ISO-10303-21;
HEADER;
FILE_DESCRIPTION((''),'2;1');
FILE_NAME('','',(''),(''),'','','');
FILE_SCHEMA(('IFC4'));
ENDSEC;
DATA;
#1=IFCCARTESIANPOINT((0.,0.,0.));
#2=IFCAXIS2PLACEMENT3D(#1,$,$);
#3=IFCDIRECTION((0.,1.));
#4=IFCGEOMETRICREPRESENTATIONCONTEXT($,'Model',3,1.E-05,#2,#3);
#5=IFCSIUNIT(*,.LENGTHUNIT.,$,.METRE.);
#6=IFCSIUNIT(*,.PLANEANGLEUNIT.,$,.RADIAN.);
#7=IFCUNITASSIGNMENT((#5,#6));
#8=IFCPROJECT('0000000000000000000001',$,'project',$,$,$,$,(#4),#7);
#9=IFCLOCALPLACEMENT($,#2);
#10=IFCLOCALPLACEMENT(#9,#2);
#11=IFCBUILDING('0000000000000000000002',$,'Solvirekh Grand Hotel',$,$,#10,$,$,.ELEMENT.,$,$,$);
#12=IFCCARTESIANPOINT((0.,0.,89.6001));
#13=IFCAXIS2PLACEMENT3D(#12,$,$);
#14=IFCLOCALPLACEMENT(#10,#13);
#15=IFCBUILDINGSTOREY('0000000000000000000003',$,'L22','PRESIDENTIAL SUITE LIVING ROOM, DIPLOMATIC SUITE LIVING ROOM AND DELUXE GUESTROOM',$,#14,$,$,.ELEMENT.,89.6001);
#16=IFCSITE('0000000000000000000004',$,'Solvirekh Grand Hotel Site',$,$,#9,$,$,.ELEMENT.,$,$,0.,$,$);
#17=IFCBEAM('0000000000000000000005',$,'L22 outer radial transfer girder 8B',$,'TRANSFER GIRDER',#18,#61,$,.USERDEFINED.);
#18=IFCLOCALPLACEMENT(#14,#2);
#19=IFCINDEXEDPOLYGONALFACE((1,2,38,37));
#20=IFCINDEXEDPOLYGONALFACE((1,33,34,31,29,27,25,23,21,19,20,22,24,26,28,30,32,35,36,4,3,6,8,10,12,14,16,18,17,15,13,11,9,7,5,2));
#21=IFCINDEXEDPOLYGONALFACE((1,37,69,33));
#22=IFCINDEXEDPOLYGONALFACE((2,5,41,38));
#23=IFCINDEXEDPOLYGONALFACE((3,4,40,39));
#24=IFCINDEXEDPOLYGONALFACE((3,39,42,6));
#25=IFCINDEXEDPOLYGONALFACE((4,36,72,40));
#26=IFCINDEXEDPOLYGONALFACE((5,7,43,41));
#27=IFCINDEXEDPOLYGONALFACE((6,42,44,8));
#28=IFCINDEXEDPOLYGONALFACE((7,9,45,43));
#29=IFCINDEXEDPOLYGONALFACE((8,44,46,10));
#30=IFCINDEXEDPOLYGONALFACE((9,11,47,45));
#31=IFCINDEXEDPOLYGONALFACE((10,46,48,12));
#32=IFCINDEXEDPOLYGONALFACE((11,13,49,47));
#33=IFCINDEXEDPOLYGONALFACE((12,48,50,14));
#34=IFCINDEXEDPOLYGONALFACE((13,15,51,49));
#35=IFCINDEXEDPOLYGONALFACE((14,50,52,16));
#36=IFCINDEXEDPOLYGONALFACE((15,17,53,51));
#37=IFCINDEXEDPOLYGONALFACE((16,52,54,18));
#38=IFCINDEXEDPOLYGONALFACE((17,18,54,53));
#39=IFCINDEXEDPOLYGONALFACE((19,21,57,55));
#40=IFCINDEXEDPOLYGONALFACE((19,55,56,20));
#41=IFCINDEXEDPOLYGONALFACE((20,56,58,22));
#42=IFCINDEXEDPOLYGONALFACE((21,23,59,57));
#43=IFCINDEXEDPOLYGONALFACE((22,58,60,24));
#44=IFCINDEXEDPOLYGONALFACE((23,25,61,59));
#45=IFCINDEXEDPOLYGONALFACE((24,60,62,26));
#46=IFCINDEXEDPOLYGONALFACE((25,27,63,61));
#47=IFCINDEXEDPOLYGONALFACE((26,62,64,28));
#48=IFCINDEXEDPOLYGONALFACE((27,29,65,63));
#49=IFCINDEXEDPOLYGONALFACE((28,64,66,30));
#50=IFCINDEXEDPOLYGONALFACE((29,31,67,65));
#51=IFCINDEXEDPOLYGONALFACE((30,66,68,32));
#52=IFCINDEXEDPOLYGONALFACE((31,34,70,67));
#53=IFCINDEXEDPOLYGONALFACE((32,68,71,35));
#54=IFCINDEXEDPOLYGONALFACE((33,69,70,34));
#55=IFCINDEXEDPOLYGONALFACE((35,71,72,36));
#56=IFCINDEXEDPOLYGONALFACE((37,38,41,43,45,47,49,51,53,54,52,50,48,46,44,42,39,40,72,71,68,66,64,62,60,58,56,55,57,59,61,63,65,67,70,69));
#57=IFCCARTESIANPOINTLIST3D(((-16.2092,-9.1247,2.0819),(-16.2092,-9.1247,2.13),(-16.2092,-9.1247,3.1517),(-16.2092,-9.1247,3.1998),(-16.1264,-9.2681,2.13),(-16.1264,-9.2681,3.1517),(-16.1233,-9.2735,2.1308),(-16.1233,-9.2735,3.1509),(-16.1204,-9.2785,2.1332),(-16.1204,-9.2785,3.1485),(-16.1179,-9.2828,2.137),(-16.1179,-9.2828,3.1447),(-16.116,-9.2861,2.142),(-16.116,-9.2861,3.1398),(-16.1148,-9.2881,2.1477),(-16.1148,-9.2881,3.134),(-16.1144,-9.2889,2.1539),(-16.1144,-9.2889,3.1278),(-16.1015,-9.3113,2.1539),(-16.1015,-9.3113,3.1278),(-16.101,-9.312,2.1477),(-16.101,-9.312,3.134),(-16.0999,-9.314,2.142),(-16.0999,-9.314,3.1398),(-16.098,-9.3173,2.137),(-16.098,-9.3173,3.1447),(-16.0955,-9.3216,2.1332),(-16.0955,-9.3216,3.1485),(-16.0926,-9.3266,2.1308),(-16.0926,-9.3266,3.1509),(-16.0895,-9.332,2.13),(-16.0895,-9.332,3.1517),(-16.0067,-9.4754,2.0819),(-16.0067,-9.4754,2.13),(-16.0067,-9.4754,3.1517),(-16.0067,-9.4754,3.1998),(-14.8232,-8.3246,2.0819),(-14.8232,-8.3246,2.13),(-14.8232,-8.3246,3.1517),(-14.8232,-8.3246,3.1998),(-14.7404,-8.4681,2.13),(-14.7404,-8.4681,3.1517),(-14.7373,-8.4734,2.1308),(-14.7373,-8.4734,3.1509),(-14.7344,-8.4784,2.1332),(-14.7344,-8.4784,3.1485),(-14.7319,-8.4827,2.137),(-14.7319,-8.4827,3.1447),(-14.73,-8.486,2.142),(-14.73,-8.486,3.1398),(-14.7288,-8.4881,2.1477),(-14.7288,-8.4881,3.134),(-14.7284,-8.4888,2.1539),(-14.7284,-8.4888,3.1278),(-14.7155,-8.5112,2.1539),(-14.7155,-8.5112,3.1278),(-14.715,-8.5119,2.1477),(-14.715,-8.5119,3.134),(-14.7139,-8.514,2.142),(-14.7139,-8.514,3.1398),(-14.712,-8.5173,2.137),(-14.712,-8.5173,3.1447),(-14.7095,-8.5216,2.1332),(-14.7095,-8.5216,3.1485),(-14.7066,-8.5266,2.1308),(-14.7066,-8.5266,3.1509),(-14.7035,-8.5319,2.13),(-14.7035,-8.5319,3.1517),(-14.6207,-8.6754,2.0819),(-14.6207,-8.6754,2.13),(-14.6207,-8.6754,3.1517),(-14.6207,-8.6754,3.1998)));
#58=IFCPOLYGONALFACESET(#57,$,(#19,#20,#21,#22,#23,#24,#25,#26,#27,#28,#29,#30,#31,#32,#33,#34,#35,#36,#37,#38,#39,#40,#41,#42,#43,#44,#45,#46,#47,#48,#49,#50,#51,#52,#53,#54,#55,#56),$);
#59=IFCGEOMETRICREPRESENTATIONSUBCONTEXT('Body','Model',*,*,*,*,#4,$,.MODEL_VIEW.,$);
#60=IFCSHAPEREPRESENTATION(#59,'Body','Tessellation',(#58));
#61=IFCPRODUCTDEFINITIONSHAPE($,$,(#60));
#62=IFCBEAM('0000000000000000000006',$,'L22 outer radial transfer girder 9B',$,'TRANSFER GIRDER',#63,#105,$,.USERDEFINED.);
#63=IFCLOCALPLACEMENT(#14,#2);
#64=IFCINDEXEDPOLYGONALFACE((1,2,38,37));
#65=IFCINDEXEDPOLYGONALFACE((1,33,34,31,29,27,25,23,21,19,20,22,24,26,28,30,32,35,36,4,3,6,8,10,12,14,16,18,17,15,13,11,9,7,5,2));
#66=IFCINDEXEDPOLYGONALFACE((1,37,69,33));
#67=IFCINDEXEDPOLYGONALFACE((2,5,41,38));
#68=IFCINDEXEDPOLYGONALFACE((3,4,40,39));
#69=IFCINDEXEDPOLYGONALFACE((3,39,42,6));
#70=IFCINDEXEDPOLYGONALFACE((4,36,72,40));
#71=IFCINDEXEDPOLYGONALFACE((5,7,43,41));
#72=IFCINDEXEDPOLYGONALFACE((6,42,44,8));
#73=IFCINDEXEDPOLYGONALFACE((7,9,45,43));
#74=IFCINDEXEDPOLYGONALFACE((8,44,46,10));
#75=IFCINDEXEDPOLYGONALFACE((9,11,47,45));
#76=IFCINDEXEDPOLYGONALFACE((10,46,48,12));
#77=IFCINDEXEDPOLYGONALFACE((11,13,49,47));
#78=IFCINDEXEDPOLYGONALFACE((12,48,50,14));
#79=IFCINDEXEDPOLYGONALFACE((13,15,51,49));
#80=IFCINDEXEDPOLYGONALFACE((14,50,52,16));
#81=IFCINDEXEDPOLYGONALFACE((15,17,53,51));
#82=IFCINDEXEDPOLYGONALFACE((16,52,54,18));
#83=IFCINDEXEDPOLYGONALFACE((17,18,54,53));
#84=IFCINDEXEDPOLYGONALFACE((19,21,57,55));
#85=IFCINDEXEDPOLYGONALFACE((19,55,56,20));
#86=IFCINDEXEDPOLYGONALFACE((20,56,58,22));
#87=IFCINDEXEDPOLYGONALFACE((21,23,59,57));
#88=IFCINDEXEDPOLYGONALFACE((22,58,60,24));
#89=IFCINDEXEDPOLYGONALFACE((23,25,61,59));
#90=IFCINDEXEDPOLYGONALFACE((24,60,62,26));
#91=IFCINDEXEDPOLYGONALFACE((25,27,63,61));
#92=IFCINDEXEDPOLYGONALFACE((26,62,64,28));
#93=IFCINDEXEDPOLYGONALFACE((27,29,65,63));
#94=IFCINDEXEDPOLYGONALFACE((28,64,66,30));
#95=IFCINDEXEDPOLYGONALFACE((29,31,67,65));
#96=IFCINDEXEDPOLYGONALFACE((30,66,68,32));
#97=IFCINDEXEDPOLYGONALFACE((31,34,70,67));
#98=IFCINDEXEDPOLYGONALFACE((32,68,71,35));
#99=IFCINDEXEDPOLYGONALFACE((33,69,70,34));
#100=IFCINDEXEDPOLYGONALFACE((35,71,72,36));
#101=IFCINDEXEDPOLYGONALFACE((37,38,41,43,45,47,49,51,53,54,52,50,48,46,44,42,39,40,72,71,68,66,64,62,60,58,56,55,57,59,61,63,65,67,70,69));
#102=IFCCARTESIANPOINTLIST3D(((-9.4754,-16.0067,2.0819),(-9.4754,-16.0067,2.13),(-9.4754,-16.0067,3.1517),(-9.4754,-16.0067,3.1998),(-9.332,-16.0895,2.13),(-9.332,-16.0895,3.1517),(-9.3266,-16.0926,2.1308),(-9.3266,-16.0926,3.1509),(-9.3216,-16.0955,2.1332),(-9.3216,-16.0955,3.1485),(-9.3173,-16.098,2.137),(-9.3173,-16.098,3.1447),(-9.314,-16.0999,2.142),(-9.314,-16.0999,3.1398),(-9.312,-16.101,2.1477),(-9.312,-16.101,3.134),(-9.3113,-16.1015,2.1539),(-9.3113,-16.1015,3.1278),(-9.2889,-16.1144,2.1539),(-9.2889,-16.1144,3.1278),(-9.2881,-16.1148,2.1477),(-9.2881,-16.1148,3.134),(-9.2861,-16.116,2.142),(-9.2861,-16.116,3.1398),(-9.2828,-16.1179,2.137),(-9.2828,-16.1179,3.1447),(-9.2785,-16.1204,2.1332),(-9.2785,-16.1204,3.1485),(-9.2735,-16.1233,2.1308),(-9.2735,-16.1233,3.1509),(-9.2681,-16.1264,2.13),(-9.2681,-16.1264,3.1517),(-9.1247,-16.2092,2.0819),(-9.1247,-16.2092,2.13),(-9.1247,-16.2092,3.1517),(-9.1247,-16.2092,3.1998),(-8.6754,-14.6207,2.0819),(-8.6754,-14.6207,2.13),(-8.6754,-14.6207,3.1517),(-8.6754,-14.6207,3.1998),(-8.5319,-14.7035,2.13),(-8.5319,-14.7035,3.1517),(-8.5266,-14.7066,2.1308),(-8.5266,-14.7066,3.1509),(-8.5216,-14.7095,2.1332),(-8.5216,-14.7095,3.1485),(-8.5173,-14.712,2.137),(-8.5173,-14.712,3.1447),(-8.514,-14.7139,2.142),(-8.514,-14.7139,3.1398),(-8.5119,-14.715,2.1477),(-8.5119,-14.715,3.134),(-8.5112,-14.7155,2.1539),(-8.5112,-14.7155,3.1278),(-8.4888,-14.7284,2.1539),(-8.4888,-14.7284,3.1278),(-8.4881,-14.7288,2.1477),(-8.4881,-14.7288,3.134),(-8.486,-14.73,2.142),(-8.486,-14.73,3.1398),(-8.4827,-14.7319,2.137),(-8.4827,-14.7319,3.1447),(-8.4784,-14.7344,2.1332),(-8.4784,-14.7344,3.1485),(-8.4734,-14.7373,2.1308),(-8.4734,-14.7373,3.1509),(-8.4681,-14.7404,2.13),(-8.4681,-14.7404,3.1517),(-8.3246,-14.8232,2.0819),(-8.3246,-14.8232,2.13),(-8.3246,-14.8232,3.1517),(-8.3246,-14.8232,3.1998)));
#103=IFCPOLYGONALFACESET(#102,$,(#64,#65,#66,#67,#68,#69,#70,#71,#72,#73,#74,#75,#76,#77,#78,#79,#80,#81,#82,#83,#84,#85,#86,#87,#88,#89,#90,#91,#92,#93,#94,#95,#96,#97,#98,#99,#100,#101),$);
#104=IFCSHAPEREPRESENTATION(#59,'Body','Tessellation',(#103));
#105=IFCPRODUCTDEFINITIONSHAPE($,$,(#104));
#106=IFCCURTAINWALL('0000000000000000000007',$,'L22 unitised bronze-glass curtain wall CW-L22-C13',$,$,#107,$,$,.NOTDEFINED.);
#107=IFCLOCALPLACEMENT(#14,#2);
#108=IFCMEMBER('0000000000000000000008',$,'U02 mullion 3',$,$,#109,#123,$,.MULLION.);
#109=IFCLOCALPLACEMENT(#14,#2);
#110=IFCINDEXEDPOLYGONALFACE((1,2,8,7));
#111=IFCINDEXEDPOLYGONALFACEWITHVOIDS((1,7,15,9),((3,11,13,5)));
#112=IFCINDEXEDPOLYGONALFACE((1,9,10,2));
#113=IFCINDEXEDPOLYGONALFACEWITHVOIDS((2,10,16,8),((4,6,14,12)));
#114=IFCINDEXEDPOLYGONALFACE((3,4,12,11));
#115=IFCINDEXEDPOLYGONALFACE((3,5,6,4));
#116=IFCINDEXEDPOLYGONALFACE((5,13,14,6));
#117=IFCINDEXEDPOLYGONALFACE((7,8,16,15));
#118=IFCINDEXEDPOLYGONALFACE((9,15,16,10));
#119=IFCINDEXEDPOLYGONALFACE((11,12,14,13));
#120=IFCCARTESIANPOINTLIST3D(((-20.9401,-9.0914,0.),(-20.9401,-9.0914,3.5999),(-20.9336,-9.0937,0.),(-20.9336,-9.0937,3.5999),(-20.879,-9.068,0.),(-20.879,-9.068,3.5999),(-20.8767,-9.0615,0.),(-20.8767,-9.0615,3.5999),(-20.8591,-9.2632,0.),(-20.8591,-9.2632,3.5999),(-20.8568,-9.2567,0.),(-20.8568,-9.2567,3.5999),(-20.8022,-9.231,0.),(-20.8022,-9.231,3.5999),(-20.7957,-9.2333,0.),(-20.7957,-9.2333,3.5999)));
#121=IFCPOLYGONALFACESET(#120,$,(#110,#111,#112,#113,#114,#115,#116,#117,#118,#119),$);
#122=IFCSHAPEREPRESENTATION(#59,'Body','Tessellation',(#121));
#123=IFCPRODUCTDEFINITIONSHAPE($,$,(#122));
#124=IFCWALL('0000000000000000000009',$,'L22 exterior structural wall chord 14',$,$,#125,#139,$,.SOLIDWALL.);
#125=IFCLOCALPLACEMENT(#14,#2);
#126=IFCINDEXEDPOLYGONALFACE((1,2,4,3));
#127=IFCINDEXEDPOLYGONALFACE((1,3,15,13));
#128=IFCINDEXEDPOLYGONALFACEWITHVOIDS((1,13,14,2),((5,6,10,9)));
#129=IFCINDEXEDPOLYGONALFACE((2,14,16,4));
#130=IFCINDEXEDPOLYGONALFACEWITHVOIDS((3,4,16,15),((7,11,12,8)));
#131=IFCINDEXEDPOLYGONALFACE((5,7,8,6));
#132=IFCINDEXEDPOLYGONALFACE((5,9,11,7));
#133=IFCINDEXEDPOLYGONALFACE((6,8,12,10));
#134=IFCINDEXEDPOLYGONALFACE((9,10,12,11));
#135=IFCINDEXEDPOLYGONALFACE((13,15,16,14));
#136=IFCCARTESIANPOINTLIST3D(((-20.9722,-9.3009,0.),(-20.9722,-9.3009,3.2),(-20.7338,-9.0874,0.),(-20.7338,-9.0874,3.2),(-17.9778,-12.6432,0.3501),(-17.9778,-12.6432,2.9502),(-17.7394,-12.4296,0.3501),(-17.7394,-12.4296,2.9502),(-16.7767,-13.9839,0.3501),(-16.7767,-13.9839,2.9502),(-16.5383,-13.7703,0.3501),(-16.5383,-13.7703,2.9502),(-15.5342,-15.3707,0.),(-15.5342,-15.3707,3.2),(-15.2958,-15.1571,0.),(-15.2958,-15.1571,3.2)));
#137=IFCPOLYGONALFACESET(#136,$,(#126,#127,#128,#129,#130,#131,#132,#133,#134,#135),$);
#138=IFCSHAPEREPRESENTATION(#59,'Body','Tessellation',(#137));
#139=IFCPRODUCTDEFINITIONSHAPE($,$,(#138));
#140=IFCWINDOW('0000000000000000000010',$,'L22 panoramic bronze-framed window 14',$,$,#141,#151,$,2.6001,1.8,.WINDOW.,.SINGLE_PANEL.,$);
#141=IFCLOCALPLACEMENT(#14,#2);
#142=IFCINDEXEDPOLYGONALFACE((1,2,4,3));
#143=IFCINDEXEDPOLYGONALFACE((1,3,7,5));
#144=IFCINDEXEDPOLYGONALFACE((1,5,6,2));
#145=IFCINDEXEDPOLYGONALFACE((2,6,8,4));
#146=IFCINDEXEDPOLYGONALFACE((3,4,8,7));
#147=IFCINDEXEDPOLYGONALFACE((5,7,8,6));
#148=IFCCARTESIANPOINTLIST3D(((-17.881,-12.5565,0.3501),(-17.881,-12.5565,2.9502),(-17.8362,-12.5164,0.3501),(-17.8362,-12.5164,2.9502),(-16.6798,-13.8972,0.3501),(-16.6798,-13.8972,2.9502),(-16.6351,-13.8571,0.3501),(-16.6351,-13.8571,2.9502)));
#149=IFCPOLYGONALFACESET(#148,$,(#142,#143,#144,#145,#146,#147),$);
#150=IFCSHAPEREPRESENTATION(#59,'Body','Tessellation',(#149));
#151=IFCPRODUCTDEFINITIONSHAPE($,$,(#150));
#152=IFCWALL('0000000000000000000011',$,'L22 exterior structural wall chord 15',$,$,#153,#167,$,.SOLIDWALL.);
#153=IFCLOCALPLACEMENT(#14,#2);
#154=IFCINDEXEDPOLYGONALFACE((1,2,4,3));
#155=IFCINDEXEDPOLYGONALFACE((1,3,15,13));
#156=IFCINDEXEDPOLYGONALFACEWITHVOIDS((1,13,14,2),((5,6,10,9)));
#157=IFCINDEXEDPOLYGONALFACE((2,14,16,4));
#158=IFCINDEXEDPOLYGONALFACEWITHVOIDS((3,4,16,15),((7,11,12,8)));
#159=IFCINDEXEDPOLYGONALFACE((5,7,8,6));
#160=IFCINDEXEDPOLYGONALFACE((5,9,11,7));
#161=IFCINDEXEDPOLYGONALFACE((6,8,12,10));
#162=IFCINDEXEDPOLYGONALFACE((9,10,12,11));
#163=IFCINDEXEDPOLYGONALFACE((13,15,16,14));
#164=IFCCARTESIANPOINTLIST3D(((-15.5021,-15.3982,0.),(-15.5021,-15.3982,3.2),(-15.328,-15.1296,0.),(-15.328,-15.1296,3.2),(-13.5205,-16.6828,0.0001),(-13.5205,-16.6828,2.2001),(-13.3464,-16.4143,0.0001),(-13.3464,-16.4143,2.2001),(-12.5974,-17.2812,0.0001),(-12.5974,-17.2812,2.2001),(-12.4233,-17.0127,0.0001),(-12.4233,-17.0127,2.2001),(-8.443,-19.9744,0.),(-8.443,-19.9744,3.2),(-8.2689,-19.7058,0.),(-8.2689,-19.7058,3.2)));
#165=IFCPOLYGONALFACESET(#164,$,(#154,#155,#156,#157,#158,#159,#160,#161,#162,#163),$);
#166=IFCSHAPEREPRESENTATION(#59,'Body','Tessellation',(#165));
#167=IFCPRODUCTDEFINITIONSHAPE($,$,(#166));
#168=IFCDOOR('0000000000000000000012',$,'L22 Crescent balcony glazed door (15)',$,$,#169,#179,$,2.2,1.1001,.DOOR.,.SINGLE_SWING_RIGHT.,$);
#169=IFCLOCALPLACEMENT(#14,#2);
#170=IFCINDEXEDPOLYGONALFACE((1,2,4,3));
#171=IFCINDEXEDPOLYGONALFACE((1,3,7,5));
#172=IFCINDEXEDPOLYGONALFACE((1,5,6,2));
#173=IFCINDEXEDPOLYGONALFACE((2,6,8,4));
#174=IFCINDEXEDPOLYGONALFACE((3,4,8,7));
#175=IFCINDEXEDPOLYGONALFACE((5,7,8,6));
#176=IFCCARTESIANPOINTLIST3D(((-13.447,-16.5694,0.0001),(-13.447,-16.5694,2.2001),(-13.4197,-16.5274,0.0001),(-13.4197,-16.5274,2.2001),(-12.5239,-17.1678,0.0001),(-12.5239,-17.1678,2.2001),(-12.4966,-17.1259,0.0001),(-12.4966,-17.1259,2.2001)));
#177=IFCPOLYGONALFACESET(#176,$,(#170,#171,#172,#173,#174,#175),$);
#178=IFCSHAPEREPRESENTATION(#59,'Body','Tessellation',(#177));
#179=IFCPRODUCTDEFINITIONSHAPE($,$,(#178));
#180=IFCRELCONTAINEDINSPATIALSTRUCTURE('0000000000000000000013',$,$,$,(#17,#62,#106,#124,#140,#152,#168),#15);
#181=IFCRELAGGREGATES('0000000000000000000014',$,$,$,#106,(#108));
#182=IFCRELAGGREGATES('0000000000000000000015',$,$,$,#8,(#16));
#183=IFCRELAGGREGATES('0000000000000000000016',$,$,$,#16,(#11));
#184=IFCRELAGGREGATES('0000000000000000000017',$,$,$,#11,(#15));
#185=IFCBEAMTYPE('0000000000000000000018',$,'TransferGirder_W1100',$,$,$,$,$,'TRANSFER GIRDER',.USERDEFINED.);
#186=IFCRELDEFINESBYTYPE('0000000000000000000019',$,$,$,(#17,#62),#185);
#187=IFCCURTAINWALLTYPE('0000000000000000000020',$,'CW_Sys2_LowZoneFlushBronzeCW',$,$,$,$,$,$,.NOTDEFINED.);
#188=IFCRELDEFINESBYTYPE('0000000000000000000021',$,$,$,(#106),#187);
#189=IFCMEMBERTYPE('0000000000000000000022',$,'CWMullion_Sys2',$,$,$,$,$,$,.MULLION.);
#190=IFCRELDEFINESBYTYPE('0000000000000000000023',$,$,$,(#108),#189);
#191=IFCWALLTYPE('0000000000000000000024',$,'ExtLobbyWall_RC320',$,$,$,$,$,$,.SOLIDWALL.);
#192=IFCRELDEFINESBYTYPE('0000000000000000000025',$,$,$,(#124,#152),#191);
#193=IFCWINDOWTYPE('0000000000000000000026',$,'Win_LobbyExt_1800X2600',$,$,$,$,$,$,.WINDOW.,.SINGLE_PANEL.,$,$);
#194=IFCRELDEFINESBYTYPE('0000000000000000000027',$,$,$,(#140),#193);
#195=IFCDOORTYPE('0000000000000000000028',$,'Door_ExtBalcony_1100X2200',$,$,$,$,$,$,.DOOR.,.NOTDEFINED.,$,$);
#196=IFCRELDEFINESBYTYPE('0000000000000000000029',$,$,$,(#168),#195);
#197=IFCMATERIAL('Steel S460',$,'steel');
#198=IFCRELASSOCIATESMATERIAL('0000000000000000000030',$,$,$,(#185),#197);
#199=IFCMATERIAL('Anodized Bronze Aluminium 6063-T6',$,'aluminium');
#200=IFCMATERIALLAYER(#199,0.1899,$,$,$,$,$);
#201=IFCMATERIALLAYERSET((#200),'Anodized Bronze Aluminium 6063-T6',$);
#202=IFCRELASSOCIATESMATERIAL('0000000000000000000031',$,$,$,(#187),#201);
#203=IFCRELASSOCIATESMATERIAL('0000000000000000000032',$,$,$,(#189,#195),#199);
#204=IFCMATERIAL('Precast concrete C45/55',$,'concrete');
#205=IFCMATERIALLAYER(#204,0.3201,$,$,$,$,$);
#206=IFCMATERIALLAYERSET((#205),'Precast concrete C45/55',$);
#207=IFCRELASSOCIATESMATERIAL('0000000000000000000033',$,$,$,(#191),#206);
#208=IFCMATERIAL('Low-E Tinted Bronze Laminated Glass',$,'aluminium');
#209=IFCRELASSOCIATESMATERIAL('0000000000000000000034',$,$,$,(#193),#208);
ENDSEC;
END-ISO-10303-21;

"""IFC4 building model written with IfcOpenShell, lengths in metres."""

from ifc_helpers import new_model, si_unit, direction, frame, frame_2d, origin, origin_2d, place, context, subcontext, project, spatial, rectangle, hollow_rectangle, i_section, extrude, source, transform, mapped, material, layer, layer_set, material_profile, profile_set, type_object, element, fill, aggregate, save


model = new_model("IFC4")

# Units and contexts
model_context = context("Model", 3, precision=1e-05, world=origin(), true_north=direction((0.0, 1.0)))
body_context = subcontext(model_context, "Body", "Model", "MODEL_VIEW")
ifc_project = project(units=[si_unit("LENGTHUNIT", "METRE"), si_unit("PLANEANGLEUNIT", "RADIAN")], contexts=[model_context])

# Site, building, storey
site_placement = place(None, origin())
site = spatial("IfcSite", under=ifc_project, at=site_placement, Name="Solvirekh Grand Hotel Site", CompositionType="ELEMENT", RefElevation=0.0)
building_placement = place(site_placement, origin())
building = spatial("IfcBuilding", under=site, at=building_placement, Name="Solvirekh Grand Hotel", CompositionType="ELEMENT")
storey_placement = place(building_placement, frame((0.0, 0.0, 89.6001)))
storey = spatial("IfcBuildingStorey", under=building, at=storey_placement, Name="L22", Description="PRESIDENTIAL SUITE LIVING ROOM, DIPLOMATIC SUITE LIVING ROOM AND DELUXE GUESTROOM", CompositionType="ELEMENT", Elevation=89.6001)

# Beams
ifc_material_1 = material(Name="Steel S460", Category="steel")
ifc_material_profile_1 = material_profile(ifc_material_1, i_section(OverallWidth=0.405, OverallDepth=1.1179, WebThickness=0.0259, FlangeThickness=0.0481, FilletRadius=0.0239, at=origin_2d()), Name="W1100X499")
ifc_profile_set_1 = profile_set([ifc_material_profile_1], Name="Steel S460")
beam_type_1 = type_object("IfcBeamType", Name="TransferGirder_W1100", ElementType="TRANSFER GIRDER", PredefinedType="USERDEFINED", material=ifc_profile_set_1)
for number, where, z_axis, x_axis, name in (
    (1, (-14.7219, -8.5, 2.6409), (-0.866066, -0.499929, 0.0), (0.499929, -0.866066, 0.0), "L22 outer radial transfer girder 8B"),
    (2, (-8.5, -14.7219, 2.6409), (-0.499929, -0.866066, 0.0), (0.866066, -0.499929, 0.0), "L22 outer radial transfer girder 9B"),
):
    element("IfcBeam", number, at=place(storey_placement, frame(where, z_axis=z_axis, x_axis=x_axis)), inside=storey, type_object=beam_type_1, Name=name, ObjectType="TRANSFER GIRDER", PredefinedType="USERDEFINED", context=body_context, shape_type="SweptSolid", body=[
        extrude(i_section(OverallWidth=0.405, OverallDepth=1.1179, WebThickness=0.0259, FlangeThickness=0.0481, FilletRadius=0.0239, at=origin_2d()), origin(), (0.0, 0.0, 1.0), 1.6003),
    ])

# Curtain wall, member
ifc_material_2 = material(Name="Anodized Bronze Aluminium 6063-T6", Category="aluminium")
ifc_layer_1 = layer(ifc_material_2, 0.1899)
ifc_layer_set_1 = layer_set([ifc_layer_1], Name="Anodized Bronze Aluminium 6063-T6")
curtain_wall_type = type_object("IfcCurtainWallType", Name="CW_Sys2_LowZoneFlushBronzeCW", PredefinedType="NOTDEFINED", material=ifc_layer_set_1)
curtain_wall_placement = place(storey_placement, origin())
curtain_wall = element("IfcCurtainWall", 3, at=curtain_wall_placement, inside=storey, type_object=curtain_wall_type, Name="L22 unitised bronze-glass curtain wall CW-L22-C13", PredefinedType="NOTDEFINED")
ifc_material_profile_2 = material_profile(ifc_material_2, hollow_rectangle(XDim=0.0701, YDim=0.1899, WallThickness=0.0049, at=origin_2d()), Name="ALU RHS 190X70X5")
ifc_profile_set_2 = profile_set([ifc_material_profile_2], Name="Anodized Bronze Aluminium 6063-T6")
member_type = type_object("IfcMemberType", Name="CWMullion_Sys2", PredefinedType="MULLION", material=ifc_profile_set_2)
shared_shape = source(origin(), body_context, "Body", "SweptSolid", [
    extrude(hollow_rectangle(XDim=0.0701, YDim=0.1899, WallThickness=0.0049, at=origin_2d()), origin(), (0.0, 0.0, 1.0), 3.5999),
])
member_placement = place(storey_placement, frame((-20.8679, -9.1624, 0.0), z_axis=(0.0, 0.0, 1.0), x_axis=(0.904619, 0.426222, 0.0)))
member = element("IfcMember", 4, at=member_placement, type_object=member_type, Name="U02 mullion 3", PredefinedType="MULLION", context=body_context, shape_type="MappedRepresentation", body=[
    mapped(shared_shape, transform((0.0, 0.0, 0.0), x_axis=(1.0, 0.0, 0.0), y_axis=(0.0, 1.0, 0.0), z_axis=(0.0, 0.0, 1.0), scale=1.0)),
])
aggregate(curtain_wall, [member])

# Wall, opening, window
ifc_material_3 = material(Name="Precast concrete C45/55", Category="concrete")
ifc_layer_2 = layer(ifc_material_3, 0.3201)
ifc_layer_set_2 = layer_set([ifc_layer_2], Name="Precast concrete C45/55")
wall_type_1 = type_object("IfcWallType", Name="ExtLobbyWall_RC320", PredefinedType="SOLIDWALL", material=ifc_layer_set_2)
wall_1_placement = place(storey_placement, frame((-15.415, -15.2639, 0.0), z_axis=(0.0, 0.0, 1.0), x_axis=(-0.667278, 0.744809, 0.0)))
wall_1 = element("IfcWall", 5, at=wall_1_placement, inside=storey, type_object=wall_type_1, Name="L22 exterior structural wall chord 14", PredefinedType="SOLIDWALL", context=body_context, shape_type="SweptSolid", body=[
    extrude(rectangle(XDim=8.1494, YDim=0.3201, at=frame_2d((4.0747, 0.0))), origin(), (0.0, 0.0, 1.0), 3.2),
])
opening_1_placement = place(wall_1_placement, frame((1.8621, 0.0, 0.3501)))
opening_1 = element("IfcOpeningElement", 6, at=opening_1_placement, cuts=wall_1, PredefinedType="OPENING", context=body_context, shape_type="SweptSolid", body=[
    extrude(rectangle(XDim=1.8, YDim=2.6001, at=frame_2d((0.8999, 1.3))), frame((0.0, 0.1699, 0.0), z_axis=(0.0, -1.0, 0.0), x_axis=(1.0, 0.0, 0.0)), (0.0, 0.0, 1.0), 0.3401),
])
ifc_material_4 = material(Name="Low-E Tinted Bronze Laminated Glass", Category="aluminium")
window_type = type_object("IfcWindowType", Name="Win_LobbyExt_1800X2600", PartitioningType="SINGLE_PANEL", PredefinedType="WINDOW", material=ifc_material_4)
window_placement = place(opening_1_placement, origin())
window = element("IfcWindow", 7, at=window_placement, inside=storey, type_object=window_type, Name="L22 panoramic bronze-framed window 14", OverallHeight=2.6001, OverallWidth=1.8, PartitioningType="SINGLE_PANEL", PredefinedType="WINDOW", context=body_context, shape_type="SweptSolid", body=[
    extrude(rectangle(XDim=1.8, YDim=2.6001, at=frame_2d((0.8999, 1.3))), frame((0.0, 0.03, 0.0), z_axis=(0.0, -1.0, 0.0), x_axis=(1.0, 0.0, 0.0)), (0.0, 0.0, 1.0), 0.0601),
])
fill(opening_1, window)

# Wall, opening, door
wall_2_placement = place(storey_placement, frame((-8.356, -19.8401, 0.0), z_axis=(0.0, 0.0, 1.0), x_axis=(-0.839107, 0.543966, 0.0)))
wall_2 = element("IfcWall", 8, at=wall_2_placement, inside=storey, type_object=wall_type_1, Name="L22 exterior structural wall chord 15", PredefinedType="SOLIDWALL", context=body_context, shape_type="SweptSolid", body=[
    extrude(rectangle(XDim=8.4126, YDim=0.3201, at=frame_2d((4.2063, 0.0))), origin(), (0.0, 0.0, 1.0), 3.2),
])
opening_2_placement = place(wall_2_placement, frame((4.9509, 0.0, 0.0)))
opening_2 = element("IfcOpeningElement", 9, at=opening_2_placement, cuts=wall_2, PredefinedType="OPENING", context=body_context, shape_type="SweptSolid", body=[
    extrude(rectangle(XDim=1.1001, YDim=2.2, at=frame_2d((0.55, 1.1001))), frame((0.0, 0.1699, 0.0), z_axis=(0.0, -1.0, 0.0), x_axis=(1.0, 0.0, 0.0)), (0.0, 0.0, 1.0), 0.3401),
])
door_type_1 = type_object("IfcDoorType", Name="Door_ExtBalcony_1100X2200", OperationType="NOTDEFINED", PredefinedType="DOOR", material=ifc_material_2)
door_1_placement = place(opening_2_placement, origin())
door_1 = element("IfcDoor", 10, at=door_1_placement, inside=storey, type_object=door_type_1, Name="L22 Crescent balcony glazed door (15)", OperationType="SINGLE_SWING_RIGHT", OverallHeight=2.2, OverallWidth=1.1001, PredefinedType="DOOR", context=body_context, shape_type="SweptSolid", body=[
    extrude(rectangle(XDim=1.1001, YDim=2.2, at=frame_2d((0.55, 1.1001))), frame((0.0, 0.0249, 0.0), z_axis=(0.0, -1.0, 0.0), x_axis=(1.0, 0.0, 0.0)), (0.0, 0.0, 1.0), 0.05),
])
fill(opening_2, door_1)

save(model, "model.ifc")
